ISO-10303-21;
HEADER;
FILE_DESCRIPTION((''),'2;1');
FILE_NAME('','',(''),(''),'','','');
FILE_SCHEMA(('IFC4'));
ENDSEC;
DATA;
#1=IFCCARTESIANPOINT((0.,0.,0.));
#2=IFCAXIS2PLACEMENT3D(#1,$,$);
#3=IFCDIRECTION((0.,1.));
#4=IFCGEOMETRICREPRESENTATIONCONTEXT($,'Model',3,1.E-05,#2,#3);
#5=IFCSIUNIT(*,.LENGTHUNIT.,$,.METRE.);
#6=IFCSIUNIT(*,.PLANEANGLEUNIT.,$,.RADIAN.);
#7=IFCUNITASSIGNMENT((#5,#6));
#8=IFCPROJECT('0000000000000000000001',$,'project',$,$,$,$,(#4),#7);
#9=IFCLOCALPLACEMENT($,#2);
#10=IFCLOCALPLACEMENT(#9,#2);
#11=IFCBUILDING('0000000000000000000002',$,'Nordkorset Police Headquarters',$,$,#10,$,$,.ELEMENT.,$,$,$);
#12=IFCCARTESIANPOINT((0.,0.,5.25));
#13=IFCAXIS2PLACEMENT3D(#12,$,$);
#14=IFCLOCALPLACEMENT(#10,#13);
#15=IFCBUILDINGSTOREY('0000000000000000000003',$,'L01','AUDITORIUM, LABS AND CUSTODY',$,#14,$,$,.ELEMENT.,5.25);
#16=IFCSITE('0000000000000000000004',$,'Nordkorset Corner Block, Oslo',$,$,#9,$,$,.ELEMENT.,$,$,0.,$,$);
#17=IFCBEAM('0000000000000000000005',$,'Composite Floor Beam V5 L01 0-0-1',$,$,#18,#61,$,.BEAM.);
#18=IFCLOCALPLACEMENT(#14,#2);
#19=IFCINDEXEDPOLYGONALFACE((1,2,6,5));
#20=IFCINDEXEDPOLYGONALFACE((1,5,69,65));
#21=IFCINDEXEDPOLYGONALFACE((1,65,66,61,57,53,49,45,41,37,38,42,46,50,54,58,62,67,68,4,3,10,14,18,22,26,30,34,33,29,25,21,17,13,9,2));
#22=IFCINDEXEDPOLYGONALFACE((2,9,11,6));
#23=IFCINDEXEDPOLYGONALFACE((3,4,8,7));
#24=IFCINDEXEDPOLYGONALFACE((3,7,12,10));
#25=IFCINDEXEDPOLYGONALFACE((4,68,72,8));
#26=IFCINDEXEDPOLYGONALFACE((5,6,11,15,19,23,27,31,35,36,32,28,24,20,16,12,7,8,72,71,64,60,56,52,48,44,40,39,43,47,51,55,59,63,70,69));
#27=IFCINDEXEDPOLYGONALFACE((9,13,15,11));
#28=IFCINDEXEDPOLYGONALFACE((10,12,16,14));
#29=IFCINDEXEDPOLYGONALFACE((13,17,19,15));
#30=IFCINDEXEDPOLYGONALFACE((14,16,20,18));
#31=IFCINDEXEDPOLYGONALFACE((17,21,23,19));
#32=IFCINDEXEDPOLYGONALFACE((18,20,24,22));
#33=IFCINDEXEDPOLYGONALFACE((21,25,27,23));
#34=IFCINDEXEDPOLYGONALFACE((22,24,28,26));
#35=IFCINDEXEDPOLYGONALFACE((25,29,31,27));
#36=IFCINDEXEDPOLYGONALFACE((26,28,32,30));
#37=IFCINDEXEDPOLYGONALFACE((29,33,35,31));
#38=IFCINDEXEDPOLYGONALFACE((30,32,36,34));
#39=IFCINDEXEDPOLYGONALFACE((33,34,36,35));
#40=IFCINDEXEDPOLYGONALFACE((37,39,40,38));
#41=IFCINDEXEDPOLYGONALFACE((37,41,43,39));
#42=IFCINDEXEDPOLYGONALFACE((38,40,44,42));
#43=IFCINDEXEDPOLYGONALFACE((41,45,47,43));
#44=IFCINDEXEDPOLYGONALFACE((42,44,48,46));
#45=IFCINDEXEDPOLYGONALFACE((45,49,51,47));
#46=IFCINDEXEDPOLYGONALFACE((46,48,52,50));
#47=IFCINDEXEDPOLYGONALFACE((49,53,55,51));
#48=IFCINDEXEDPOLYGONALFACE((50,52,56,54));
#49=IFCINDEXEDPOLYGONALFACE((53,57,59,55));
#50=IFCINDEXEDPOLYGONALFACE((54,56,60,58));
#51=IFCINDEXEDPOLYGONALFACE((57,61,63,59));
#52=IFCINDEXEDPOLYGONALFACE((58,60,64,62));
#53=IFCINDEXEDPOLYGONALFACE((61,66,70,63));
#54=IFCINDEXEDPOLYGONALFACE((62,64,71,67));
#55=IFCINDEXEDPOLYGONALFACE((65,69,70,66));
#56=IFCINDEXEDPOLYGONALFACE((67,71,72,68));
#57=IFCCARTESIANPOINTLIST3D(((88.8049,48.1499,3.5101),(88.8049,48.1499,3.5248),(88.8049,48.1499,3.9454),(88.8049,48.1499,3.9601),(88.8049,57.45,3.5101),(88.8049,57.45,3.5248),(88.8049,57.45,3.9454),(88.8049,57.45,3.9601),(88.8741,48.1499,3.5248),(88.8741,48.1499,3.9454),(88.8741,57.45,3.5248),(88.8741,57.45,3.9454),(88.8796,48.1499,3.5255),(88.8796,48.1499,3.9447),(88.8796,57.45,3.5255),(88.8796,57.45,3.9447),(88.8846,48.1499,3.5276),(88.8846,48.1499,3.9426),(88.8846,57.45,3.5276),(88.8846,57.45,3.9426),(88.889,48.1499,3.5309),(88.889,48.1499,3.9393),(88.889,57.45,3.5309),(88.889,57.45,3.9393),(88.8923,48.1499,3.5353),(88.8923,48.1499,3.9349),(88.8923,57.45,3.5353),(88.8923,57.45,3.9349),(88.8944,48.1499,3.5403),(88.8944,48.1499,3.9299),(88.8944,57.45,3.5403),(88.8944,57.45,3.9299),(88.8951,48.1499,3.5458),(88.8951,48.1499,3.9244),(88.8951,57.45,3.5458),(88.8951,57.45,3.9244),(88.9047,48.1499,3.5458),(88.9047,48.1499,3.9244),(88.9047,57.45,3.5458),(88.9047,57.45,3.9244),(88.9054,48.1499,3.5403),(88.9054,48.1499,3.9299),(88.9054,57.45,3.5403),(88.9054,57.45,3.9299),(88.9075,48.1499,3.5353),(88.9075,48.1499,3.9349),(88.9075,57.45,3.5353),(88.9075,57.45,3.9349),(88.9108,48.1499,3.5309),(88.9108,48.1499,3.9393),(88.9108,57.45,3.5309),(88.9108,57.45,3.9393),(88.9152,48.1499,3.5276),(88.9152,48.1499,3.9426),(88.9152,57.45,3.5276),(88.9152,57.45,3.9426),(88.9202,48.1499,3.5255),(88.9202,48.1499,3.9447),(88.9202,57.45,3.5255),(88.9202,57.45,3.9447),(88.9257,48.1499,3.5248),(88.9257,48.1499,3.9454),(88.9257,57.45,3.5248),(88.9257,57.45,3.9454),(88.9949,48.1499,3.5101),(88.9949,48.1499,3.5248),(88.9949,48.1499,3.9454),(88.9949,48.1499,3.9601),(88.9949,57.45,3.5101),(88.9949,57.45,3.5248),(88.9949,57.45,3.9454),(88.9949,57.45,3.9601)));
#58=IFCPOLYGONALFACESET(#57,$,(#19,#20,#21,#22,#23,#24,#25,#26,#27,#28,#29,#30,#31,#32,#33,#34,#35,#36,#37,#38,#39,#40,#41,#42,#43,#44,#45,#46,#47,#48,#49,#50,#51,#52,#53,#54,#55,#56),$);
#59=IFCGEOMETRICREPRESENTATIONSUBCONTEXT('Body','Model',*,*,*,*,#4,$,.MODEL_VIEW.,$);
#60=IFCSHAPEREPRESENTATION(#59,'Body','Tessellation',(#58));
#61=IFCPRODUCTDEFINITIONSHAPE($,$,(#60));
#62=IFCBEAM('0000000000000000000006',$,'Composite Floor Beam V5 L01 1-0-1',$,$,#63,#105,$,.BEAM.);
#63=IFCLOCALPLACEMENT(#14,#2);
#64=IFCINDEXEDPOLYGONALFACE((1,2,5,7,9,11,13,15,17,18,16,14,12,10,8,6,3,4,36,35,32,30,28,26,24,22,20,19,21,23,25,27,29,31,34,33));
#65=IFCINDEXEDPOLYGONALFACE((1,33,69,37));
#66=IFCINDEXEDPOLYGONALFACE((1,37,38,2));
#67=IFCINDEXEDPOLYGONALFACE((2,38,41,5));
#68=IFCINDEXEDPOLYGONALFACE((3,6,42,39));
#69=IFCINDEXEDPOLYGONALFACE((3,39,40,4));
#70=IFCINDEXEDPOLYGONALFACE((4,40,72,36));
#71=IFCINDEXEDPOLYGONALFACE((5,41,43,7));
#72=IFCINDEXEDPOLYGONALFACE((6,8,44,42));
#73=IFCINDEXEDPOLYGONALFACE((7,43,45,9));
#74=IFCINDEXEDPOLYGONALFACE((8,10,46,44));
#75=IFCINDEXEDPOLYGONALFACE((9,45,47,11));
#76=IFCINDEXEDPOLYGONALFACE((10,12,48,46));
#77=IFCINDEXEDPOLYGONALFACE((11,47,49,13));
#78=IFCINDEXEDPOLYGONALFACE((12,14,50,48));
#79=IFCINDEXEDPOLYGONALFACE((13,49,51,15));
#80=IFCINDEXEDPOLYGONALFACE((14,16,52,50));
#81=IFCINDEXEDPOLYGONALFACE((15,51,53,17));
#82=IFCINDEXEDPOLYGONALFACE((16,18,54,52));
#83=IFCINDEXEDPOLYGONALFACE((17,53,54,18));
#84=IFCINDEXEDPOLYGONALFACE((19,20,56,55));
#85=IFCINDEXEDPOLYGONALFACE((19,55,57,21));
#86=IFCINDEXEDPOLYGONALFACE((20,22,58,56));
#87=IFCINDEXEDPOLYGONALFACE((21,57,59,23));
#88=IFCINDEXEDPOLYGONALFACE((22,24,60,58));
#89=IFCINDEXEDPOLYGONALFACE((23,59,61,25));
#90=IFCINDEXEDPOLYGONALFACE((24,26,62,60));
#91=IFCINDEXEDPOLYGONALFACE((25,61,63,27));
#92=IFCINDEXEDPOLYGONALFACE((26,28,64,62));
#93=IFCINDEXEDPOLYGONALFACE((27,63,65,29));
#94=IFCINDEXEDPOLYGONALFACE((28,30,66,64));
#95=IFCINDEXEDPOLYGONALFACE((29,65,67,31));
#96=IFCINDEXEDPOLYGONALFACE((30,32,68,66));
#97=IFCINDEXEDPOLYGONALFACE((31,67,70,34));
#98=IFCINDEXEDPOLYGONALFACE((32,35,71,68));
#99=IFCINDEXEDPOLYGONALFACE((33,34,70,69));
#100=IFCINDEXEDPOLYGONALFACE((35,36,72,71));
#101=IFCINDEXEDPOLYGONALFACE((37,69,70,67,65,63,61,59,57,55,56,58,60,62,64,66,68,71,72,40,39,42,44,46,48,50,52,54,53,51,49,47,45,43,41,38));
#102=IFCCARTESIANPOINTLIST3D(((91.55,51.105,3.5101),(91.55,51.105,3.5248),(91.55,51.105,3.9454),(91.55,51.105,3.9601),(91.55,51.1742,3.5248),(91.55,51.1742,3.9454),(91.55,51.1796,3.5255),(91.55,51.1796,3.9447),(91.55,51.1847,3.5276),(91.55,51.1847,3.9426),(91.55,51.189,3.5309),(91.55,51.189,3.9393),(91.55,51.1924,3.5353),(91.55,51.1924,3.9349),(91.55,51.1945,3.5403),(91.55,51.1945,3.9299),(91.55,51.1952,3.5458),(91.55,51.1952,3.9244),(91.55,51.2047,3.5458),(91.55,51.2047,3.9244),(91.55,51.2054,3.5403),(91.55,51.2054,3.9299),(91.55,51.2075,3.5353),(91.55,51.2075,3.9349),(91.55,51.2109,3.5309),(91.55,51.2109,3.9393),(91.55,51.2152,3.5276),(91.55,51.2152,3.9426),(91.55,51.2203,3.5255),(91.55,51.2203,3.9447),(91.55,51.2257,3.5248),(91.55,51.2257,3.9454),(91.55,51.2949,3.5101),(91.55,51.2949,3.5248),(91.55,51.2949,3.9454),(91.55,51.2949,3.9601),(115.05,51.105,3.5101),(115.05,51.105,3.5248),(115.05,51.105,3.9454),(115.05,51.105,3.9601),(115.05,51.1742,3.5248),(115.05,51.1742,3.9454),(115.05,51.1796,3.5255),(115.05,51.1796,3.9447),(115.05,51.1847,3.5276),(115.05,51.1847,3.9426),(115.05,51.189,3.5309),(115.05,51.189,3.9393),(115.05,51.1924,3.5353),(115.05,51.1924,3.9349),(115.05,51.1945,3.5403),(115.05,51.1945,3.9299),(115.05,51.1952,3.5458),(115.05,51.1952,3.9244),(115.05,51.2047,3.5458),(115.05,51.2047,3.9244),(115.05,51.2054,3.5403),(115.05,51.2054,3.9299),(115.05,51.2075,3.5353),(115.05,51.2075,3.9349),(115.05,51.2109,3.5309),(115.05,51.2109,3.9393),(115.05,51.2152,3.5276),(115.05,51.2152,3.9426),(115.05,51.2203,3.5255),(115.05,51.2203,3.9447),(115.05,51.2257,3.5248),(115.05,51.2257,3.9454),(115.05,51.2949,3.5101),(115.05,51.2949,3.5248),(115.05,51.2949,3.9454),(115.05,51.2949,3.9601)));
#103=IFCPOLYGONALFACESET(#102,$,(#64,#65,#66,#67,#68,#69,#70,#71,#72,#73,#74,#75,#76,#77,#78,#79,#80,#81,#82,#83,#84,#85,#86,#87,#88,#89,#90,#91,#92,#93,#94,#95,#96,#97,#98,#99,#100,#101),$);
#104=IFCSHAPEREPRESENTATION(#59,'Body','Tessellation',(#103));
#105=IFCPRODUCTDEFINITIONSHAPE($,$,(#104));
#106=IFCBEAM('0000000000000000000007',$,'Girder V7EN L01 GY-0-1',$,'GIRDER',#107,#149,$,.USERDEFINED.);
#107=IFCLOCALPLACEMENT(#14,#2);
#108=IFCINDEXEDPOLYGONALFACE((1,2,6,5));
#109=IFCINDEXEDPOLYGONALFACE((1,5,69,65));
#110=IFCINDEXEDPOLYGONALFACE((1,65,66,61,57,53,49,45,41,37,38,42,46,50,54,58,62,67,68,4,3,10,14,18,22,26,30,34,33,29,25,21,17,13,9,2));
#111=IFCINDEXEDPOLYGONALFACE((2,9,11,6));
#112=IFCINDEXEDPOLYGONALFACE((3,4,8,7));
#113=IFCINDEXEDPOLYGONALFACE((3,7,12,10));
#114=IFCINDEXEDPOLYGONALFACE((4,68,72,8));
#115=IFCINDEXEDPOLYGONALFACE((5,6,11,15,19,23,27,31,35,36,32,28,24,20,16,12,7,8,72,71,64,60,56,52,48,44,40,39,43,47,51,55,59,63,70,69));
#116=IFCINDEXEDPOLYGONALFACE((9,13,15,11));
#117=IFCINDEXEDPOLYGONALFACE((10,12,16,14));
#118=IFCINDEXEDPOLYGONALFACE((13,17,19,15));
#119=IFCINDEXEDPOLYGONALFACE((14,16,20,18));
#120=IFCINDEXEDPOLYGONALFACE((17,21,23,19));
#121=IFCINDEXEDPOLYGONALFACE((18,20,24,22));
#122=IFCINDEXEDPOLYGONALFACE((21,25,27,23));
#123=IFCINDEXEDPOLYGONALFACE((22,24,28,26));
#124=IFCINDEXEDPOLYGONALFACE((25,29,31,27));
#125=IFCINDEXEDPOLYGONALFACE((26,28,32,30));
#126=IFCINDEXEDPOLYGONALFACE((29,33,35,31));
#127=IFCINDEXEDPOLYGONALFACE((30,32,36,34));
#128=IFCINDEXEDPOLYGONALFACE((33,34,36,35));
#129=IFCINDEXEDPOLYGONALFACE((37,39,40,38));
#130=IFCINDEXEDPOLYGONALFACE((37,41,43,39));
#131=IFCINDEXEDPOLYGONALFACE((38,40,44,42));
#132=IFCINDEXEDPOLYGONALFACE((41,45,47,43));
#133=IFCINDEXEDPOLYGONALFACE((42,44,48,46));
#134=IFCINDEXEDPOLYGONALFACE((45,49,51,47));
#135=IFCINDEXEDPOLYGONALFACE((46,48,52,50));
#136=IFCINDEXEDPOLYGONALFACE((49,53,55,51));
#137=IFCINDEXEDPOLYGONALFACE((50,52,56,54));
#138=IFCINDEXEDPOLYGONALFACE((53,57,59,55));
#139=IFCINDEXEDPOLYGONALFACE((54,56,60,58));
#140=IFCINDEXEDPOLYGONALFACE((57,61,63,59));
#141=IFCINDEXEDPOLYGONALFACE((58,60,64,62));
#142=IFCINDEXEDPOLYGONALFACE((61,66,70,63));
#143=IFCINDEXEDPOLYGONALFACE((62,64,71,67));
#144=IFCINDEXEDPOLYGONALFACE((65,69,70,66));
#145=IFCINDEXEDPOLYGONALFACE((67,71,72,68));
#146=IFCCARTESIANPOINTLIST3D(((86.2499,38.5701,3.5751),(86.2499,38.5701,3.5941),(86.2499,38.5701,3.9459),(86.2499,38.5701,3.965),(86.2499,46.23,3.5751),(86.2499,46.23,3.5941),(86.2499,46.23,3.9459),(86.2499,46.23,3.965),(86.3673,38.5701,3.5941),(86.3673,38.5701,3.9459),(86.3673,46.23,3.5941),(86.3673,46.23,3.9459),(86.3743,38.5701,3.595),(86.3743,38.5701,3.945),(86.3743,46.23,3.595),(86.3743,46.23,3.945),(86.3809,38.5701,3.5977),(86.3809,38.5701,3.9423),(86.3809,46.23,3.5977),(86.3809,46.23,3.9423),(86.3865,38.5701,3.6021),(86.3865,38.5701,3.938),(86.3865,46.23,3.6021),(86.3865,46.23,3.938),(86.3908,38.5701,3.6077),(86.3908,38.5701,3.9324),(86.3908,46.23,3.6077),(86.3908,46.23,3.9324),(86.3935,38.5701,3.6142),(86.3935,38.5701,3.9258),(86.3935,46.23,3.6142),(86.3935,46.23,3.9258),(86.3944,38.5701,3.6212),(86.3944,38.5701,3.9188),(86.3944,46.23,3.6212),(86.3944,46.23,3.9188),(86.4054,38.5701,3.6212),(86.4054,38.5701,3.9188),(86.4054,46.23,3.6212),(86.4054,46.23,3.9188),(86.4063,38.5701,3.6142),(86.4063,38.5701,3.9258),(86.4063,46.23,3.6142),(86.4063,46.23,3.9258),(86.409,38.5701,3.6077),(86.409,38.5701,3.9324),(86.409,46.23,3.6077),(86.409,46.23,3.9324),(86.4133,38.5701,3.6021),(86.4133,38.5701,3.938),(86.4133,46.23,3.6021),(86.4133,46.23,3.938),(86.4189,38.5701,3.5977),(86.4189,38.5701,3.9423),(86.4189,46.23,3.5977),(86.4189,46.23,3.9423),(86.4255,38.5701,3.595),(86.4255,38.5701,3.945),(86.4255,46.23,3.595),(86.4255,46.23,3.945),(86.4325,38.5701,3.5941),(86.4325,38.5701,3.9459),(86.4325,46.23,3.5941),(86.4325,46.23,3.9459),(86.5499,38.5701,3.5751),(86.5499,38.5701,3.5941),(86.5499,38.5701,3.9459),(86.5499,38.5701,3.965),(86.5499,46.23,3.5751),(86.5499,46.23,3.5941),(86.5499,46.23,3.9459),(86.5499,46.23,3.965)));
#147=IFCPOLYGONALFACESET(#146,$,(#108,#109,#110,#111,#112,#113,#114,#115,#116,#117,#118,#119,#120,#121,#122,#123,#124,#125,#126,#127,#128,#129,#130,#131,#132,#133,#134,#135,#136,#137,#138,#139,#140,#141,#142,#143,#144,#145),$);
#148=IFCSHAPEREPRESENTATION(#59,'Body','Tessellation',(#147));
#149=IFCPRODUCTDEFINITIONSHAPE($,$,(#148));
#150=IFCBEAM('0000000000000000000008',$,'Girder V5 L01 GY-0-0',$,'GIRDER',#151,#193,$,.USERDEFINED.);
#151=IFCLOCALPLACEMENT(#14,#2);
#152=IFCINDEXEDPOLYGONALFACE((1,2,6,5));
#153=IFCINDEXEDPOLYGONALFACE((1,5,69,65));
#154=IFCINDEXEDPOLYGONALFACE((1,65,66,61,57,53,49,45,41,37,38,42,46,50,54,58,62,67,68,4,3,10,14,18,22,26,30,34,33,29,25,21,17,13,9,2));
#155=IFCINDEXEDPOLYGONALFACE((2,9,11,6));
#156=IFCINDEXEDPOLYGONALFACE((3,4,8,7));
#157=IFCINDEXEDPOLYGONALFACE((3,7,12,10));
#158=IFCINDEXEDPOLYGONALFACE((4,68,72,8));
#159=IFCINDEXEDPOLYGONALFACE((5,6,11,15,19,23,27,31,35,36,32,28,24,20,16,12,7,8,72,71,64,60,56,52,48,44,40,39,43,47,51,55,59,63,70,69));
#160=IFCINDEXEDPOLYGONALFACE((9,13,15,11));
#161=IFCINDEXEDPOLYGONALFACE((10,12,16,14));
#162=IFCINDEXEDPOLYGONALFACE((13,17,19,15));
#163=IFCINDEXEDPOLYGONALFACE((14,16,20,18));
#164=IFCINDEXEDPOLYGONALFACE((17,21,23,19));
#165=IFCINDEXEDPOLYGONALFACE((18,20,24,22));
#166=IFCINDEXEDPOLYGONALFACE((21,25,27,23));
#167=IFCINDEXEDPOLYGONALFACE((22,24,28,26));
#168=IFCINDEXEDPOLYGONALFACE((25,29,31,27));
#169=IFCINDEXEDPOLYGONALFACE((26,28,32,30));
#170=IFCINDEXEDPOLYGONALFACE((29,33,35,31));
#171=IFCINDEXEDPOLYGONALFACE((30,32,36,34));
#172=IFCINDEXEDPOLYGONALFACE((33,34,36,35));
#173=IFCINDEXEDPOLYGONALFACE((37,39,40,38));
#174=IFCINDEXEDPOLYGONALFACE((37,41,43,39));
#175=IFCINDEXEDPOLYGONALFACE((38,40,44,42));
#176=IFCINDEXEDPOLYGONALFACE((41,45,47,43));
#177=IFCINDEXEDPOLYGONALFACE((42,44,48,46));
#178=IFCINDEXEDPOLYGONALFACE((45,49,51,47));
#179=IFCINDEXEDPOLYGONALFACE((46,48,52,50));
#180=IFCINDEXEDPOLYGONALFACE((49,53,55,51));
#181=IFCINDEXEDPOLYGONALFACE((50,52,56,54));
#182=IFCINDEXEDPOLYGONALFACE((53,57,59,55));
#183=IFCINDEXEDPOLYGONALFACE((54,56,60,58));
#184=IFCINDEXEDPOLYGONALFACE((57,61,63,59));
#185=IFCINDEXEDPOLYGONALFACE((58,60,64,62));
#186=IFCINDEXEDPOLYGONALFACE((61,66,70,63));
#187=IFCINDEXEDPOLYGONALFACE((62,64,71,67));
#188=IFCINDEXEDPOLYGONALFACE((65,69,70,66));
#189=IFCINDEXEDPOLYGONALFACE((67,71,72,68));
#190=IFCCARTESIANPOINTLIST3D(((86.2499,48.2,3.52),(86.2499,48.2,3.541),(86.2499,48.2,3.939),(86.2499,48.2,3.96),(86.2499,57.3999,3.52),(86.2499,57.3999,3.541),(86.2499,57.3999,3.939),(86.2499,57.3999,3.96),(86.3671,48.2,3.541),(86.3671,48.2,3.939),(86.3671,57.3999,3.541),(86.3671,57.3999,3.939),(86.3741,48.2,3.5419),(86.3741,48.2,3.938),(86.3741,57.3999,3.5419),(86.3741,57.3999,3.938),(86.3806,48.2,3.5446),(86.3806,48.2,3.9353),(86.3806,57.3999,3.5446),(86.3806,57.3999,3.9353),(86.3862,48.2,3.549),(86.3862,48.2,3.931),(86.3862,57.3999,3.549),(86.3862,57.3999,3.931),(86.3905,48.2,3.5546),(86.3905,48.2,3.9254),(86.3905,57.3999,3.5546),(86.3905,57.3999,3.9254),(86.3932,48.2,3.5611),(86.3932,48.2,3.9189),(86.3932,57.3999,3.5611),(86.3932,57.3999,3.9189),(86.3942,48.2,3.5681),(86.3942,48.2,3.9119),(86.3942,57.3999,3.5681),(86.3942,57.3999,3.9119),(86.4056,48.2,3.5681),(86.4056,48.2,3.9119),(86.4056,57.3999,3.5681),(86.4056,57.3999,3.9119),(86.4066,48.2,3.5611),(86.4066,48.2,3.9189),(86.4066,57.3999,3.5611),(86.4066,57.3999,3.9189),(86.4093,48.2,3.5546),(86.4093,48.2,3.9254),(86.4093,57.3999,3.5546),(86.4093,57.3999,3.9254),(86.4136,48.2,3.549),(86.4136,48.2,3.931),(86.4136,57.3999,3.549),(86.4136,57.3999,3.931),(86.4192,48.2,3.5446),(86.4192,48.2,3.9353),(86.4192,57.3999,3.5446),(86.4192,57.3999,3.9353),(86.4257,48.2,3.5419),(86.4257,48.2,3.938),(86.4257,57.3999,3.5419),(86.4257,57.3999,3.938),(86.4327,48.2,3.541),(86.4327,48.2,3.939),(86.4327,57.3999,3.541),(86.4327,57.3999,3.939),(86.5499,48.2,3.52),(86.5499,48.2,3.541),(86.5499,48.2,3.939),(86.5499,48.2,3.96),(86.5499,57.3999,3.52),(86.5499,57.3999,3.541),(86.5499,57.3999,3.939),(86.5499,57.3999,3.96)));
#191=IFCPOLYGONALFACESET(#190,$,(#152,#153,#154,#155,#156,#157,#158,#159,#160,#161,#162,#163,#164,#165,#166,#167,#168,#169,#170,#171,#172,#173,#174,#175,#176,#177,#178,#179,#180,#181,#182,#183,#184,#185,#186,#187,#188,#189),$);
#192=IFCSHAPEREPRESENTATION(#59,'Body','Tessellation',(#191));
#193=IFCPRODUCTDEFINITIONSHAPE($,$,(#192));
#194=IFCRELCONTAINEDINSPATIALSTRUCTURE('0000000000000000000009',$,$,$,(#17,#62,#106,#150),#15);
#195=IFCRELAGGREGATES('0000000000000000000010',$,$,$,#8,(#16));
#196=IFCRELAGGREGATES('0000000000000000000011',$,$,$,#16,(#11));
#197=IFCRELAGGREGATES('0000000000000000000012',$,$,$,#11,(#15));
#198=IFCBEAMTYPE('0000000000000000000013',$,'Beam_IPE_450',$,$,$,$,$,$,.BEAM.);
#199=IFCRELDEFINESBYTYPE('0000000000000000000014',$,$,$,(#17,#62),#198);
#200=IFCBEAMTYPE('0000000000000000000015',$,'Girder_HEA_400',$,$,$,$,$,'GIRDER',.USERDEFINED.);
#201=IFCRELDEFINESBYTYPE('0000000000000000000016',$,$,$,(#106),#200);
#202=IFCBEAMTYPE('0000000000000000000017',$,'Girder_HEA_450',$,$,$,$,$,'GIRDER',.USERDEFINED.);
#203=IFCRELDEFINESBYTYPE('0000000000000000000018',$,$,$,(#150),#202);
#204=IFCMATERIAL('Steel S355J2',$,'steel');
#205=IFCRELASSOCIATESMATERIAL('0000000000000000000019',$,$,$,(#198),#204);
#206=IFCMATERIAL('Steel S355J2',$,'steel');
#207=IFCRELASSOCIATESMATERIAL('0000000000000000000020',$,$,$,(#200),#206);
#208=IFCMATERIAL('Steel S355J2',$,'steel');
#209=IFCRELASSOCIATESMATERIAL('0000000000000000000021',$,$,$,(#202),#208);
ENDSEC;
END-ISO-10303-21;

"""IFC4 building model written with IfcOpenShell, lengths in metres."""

from ifc_helpers import new_model, si_unit, direction, frame, origin, origin_2d, place, context, subcontext, project, spatial, i_section, extrude, material, material_profile, profile_set, type_object, element, save


model = new_model("IFC4")

# Units and contexts
model_context = context("Model", 3, precision=1e-05, world=origin(), true_north=direction((0.0, 1.0)))
body_context = subcontext(model_context, "Body", "Model", "MODEL_VIEW")
ifc_project = project(units=[si_unit("LENGTHUNIT", "METRE"), si_unit("PLANEANGLEUNIT", "RADIAN")], contexts=[model_context])

# Site, building, storey
site_placement = place(None, origin())
site = spatial("IfcSite", under=ifc_project, at=site_placement, Name="Nordkorset Corner Block, Oslo", CompositionType="ELEMENT", RefElevation=0.0)
building_placement = place(site_placement, origin())
building = spatial("IfcBuilding", under=site, at=building_placement, Name="Nordkorset Police Headquarters", CompositionType="ELEMENT")
storey_placement = place(building_placement, frame((0.0, 0.0, 5.25)))
storey = spatial("IfcBuildingStorey", under=building, at=storey_placement, Name="L01", Description="AUDITORIUM, LABS AND CUSTODY", CompositionType="ELEMENT", Elevation=5.25)

# Beams
ifc_material_1 = material(Name="Steel S355J2", Category="steel")
ifc_material_profile_1 = material_profile(ifc_material_1, i_section(OverallWidth=0.1899, OverallDepth=0.45, WebThickness=0.0095, FlangeThickness=0.0146, FilletRadius=0.021, at=origin_2d()), Name="IPE 450")
ifc_profile_set_1 = profile_set([ifc_material_profile_1], Name="Steel S355J2")
beam_type_1 = type_object("IfcBeamType", Name="Beam_IPE_450", PredefinedType="BEAM", material=ifc_profile_set_1)
beam_1_placement = place(storey_placement, frame((88.8999, 48.1499, 3.7351), z_axis=(0.0, 1.0, 0.0), x_axis=(-1.0, 0.0, 0.0)))
element("IfcBeam", 1, at=beam_1_placement, inside=storey, type_object=beam_type_1, Name="Composite Floor Beam V5 L01 0-0-1", PredefinedType="BEAM", context=body_context, shape_type="SweptSolid", body=[
    extrude(i_section(OverallWidth=0.1899, OverallDepth=0.45, WebThickness=0.0095, FlangeThickness=0.0146, FilletRadius=0.021, at=origin_2d()), origin(), (0.0, 0.0, 1.0), 9.3),
])
beam_2_placement = place(storey_placement, frame((91.55, 51.2, 3.7351), z_axis=(1.0, 0.0, 0.0), x_axis=(0.0, 1.0, 0.0)))
element("IfcBeam", 2, at=beam_2_placement, inside=storey, type_object=beam_type_1, Name="Composite Floor Beam V5 L01 1-0-1", PredefinedType="BEAM", context=body_context, shape_type="SweptSolid", body=[
    extrude(i_section(OverallWidth=0.1899, OverallDepth=0.45, WebThickness=0.0095, FlangeThickness=0.0146, FilletRadius=0.021, at=origin_2d()), origin(), (0.0, 0.0, 1.0), 23.5),
])
ifc_material_2 = material(Name="Steel S355J2", Category="steel")
ifc_material_profile_2 = material_profile(ifc_material_2, i_section(OverallWidth=0.3, OverallDepth=0.3899, WebThickness=0.011, FlangeThickness=0.019, FilletRadius=0.0271, at=origin_2d()), Name="HEA 400")
ifc_profile_set_2 = profile_set([ifc_material_profile_2], Name="Steel S355J2")
beam_type_2 = type_object("IfcBeamType", Name="Girder_HEA_400", ElementType="GIRDER", PredefinedType="USERDEFINED", material=ifc_profile_set_2)
beam_3_placement = place(storey_placement, frame((86.3999, 38.5701, 3.77), z_axis=(0.0, 1.0, 0.0), x_axis=(-1.0, 0.0, 0.0)))
element("IfcBeam", 3, at=beam_3_placement, inside=storey, type_object=beam_type_2, Name="Girder V7EN L01 GY-0-1", ObjectType="GIRDER", PredefinedType="USERDEFINED", context=body_context, shape_type="SweptSolid", body=[
    extrude(i_section(OverallWidth=0.3, OverallDepth=0.3899, WebThickness=0.011, FlangeThickness=0.019, FilletRadius=0.0271, at=origin_2d()), origin(), (0.0, 0.0, 1.0), 7.6599),
])
ifc_material_3 = material(Name="Steel S355J2", Category="steel")
ifc_material_profile_3 = material_profile(ifc_material_3, i_section(OverallWidth=0.3, OverallDepth=0.4399, WebThickness=0.0115, FlangeThickness=0.021, FilletRadius=0.0271, at=origin_2d()), Name="HEA 450")
ifc_profile_set_3 = profile_set([ifc_material_profile_3], Name="Steel S355J2")
beam_type_3 = type_object("IfcBeamType", Name="Girder_HEA_450", ElementType="GIRDER", PredefinedType="USERDEFINED", material=ifc_profile_set_3)
for number, where, z_axis, x_axis, name in (
    (4, (86.3999, 48.2, 3.74), (0.0, 1.0, 0.0), (-1.0, 0.0, 0.0), "Girder V5 L01 GY-0-0"),
):
    element("IfcBeam", number, at=place(storey_placement, frame(where, z_axis=z_axis, x_axis=x_axis)), inside=storey, type_object=beam_type_3, Name=name, ObjectType="GIRDER", PredefinedType="USERDEFINED", context=body_context, shape_type="SweptSolid", body=[
        extrude(i_section(OverallWidth=0.3, OverallDepth=0.4399, WebThickness=0.0115, FlangeThickness=0.021, FilletRadius=0.0271, at=origin_2d()), origin(), (0.0, 0.0, 1.0), 9.2),
    ])

save(model, "model.ifc")
